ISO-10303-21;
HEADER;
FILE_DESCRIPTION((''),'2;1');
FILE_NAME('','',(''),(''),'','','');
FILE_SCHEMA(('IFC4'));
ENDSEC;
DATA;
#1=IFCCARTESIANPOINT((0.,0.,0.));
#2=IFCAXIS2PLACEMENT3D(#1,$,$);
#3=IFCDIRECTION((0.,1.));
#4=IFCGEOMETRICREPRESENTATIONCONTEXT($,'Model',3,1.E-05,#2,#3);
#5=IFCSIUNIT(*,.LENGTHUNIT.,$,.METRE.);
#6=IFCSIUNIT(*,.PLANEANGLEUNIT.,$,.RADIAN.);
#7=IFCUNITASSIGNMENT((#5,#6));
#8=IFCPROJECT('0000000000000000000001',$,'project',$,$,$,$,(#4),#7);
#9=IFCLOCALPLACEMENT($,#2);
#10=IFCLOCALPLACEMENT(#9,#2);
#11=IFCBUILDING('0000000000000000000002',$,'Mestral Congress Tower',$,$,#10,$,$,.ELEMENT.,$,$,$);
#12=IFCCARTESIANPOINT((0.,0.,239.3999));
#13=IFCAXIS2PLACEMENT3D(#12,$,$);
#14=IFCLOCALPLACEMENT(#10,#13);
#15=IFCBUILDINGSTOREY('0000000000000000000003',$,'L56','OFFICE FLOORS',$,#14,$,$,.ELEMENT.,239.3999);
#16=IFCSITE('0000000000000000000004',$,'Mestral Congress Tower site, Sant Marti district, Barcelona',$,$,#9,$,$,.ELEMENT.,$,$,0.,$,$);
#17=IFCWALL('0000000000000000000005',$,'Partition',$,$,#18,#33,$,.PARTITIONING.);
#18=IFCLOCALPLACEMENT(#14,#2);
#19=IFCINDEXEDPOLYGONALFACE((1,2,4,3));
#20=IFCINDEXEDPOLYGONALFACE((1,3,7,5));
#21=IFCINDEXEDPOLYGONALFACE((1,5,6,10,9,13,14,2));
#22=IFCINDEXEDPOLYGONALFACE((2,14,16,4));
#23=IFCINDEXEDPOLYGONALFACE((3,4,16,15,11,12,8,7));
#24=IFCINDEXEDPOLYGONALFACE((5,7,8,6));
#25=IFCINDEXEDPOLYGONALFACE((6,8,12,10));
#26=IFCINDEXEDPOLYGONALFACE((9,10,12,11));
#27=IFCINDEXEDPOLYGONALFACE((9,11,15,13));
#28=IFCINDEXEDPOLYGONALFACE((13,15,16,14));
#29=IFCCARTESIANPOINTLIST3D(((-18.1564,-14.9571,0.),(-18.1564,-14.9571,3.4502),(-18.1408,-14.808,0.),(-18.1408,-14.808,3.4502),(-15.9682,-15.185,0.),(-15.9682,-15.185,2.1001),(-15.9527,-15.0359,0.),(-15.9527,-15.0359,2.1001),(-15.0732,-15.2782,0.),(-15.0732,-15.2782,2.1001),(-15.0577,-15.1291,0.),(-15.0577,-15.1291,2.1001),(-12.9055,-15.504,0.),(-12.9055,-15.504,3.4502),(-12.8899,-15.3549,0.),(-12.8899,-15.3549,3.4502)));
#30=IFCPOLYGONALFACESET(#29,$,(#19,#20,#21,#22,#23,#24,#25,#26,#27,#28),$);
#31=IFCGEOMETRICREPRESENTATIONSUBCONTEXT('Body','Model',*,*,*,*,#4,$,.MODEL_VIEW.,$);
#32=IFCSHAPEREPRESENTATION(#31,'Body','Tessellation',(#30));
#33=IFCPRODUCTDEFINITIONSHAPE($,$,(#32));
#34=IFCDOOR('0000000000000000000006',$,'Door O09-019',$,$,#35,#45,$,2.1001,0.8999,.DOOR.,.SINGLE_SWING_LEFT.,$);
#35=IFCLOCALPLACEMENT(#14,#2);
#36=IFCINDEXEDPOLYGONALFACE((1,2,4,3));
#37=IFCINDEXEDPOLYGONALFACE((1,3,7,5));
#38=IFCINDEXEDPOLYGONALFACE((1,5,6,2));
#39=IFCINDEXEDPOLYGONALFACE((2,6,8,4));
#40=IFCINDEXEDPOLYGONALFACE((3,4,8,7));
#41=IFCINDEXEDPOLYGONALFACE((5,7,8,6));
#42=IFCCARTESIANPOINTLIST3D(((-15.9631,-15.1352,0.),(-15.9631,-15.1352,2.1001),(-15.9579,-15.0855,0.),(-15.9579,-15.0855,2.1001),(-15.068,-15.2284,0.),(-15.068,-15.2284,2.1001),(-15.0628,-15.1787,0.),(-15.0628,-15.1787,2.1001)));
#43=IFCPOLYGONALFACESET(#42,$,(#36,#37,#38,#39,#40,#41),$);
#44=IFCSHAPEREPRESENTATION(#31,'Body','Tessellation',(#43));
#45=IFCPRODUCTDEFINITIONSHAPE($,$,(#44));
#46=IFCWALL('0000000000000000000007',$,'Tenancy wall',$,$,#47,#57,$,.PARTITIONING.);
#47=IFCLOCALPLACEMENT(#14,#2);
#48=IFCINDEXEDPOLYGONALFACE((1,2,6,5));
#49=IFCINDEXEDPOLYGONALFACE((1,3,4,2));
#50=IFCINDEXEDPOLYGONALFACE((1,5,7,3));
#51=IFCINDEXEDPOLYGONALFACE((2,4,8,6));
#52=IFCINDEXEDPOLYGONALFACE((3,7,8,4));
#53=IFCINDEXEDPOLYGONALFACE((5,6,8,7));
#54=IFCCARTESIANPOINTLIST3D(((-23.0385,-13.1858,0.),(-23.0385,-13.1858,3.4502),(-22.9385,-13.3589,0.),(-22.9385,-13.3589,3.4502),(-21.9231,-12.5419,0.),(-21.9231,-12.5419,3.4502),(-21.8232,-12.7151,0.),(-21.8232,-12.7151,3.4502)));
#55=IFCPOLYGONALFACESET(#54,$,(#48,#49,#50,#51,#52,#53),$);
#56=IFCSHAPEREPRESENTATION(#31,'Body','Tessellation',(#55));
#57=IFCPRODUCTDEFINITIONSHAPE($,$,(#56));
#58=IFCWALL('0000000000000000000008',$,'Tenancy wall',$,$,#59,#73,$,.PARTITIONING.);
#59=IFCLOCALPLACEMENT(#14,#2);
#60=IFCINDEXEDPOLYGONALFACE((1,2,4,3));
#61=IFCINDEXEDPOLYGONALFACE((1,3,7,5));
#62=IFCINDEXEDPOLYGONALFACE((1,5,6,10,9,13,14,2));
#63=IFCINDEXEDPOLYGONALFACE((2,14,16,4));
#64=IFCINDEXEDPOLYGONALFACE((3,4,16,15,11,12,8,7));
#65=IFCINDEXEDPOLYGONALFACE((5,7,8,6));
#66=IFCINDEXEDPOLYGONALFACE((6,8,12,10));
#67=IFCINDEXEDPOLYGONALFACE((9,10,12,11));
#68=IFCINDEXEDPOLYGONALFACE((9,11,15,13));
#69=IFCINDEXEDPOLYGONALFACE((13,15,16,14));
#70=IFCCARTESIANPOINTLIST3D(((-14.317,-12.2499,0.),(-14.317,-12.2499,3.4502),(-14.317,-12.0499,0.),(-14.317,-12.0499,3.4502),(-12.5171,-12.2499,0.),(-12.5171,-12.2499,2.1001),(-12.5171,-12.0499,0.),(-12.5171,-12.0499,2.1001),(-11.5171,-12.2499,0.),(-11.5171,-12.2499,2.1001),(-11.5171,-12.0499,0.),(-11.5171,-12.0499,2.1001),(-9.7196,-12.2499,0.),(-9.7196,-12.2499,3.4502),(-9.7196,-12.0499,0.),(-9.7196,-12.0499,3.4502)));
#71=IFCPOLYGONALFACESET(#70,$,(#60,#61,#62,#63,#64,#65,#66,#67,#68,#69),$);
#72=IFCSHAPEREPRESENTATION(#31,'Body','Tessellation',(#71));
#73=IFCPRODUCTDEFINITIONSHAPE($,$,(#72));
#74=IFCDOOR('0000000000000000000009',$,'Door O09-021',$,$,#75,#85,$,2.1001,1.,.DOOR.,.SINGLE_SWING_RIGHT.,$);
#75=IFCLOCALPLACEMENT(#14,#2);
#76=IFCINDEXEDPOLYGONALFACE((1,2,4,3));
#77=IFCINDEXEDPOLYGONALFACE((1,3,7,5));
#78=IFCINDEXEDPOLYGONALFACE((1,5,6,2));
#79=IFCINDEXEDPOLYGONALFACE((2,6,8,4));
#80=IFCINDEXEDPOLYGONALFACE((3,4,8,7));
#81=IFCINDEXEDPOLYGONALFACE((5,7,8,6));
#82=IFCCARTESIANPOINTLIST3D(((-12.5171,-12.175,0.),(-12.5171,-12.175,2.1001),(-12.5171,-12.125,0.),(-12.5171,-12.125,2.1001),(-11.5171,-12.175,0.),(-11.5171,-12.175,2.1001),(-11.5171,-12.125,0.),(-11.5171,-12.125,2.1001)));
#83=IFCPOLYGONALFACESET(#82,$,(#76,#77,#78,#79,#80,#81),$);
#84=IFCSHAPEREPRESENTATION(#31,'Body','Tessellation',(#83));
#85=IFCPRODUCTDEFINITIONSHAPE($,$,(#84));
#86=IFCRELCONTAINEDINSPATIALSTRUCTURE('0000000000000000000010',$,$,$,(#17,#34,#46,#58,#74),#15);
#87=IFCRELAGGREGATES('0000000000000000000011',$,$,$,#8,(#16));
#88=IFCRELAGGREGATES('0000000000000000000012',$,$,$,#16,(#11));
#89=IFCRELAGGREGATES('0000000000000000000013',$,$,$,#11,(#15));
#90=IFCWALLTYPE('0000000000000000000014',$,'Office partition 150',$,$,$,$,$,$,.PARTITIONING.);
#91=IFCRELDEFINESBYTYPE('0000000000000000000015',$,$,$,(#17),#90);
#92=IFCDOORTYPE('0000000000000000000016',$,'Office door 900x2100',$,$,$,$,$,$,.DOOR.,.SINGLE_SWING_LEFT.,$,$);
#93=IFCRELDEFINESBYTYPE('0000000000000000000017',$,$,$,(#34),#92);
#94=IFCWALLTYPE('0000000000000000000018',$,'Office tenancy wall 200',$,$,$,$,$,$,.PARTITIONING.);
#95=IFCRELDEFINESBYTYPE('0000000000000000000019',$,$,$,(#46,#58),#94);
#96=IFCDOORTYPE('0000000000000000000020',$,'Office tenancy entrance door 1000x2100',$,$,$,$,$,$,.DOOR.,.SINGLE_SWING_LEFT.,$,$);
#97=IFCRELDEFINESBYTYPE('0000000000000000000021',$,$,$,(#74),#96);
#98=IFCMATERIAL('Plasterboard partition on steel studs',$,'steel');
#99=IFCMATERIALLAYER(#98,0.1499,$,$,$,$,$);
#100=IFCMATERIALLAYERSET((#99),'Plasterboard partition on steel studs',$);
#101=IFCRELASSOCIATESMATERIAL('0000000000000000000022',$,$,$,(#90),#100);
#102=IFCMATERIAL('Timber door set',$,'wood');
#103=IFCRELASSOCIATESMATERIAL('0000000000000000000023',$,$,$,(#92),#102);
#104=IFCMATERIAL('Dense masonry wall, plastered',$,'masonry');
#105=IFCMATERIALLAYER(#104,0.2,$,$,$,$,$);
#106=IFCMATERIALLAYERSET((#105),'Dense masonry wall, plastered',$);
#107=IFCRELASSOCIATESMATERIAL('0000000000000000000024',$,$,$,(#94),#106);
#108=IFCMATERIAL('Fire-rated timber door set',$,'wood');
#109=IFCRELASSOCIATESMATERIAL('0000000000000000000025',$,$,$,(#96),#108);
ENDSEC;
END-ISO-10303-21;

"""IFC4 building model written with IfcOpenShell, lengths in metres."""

from ifc_helpers import new_model, si_unit, direction, frame, frame_2d, origin, place, context, subcontext, project, spatial, rectangle, extrude, material, layer, layer_set, type_object, element, fill, save


model = new_model("IFC4")

# Units and contexts
model_context = context("Model", 3, precision=1e-05, world=origin(), true_north=direction((0.0, 1.0)))
body_context = subcontext(model_context, "Body", "Model", "MODEL_VIEW")
ifc_project = project(units=[si_unit("LENGTHUNIT", "METRE"), si_unit("PLANEANGLEUNIT", "RADIAN")], contexts=[model_context])

# Site, building, storey
site_placement = place(None, origin())
site = spatial("IfcSite", under=ifc_project, at=site_placement, Name="Mestral Congress Tower site, Sant Marti district, Barcelona", CompositionType="ELEMENT", RefElevation=0.0)
building_placement = place(site_placement, origin())
building = spatial("IfcBuilding", under=site, at=building_placement, Name="Mestral Congress Tower", CompositionType="ELEMENT")
storey_placement = place(building_placement, frame((0.0, 0.0, 239.3999)))
storey = spatial("IfcBuildingStorey", under=building, at=storey_placement, Name="L56", Description="OFFICE FLOORS", CompositionType="ELEMENT", Elevation=239.3999)

# Shared definitions
ifc_material_1 = material(Name="Plasterboard partition on steel studs", Category="steel")
ifc_layer_1 = layer(ifc_material_1, 0.1499)
ifc_layer_set_1 = layer_set([ifc_layer_1], Name="Plasterboard partition on steel studs")
wall_type_1 = type_object("IfcWallType", Name="Office partition 150", PredefinedType="PARTITIONING", material=ifc_layer_set_1)

# Wall, opening, door
wall_1_placement = place(storey_placement, frame((-12.8977, -15.4294, 0.0), z_axis=(0.0, 0.0, 1.0), x_axis=(-0.99462, 0.103587, 0.0)))
wall_1 = element("IfcWall", 1, at=wall_1_placement, inside=storey, type_object=wall_type_1, Name="Partition", PredefinedType="PARTITIONING", context=body_context, shape_type="SweptSolid", body=[
    extrude(rectangle(XDim=5.2793, YDim=0.1499, at=frame_2d((2.6396, 0.0))), origin(), (0.0, 0.0, 1.0), 3.4502),
])
opening_1_placement = place(wall_1_placement, frame((2.1794, 0.0, 0.0)))
opening_1 = element("IfcOpeningElement", 2, at=opening_1_placement, cuts=wall_1, PredefinedType="OPENING", context=body_context, shape_type="SweptSolid", body=[
    extrude(rectangle(XDim=0.8999, YDim=2.1001, at=frame_2d((0.45, 1.05))), frame((0.0, 0.085, 0.0), z_axis=(0.0, -1.0, 0.0), x_axis=(1.0, 0.0, 0.0)), (0.0, 0.0, 1.0), 0.1699),
])
ifc_material_2 = material(Name="Timber door set", Category="wood")
door_type_1 = type_object("IfcDoorType", Name="Office door 900x2100", OperationType="SINGLE_SWING_LEFT", PredefinedType="DOOR", material=ifc_material_2)
door_1_placement = place(opening_1_placement, origin())
door_1 = element("IfcDoor", 3, at=door_1_placement, inside=storey, type_object=door_type_1, Name="Door O09-019", OperationType="SINGLE_SWING_LEFT", OverallHeight=2.1001, OverallWidth=0.8999, PredefinedType="DOOR", context=body_context, shape_type="SweptSolid", body=[
    extrude(rectangle(XDim=0.8999, YDim=2.1001, at=frame_2d((0.45, 1.05))), frame((0.0, 0.0249, 0.0), z_axis=(0.0, -1.0, 0.0), x_axis=(1.0, 0.0, 0.0)), (0.0, 0.0, 1.0), 0.05),
])
fill(opening_1, door_1)

# Wall
ifc_material_3 = material(Name="Dense masonry wall, plastered", Category="masonry")
ifc_layer_2 = layer(ifc_material_3, 0.2)
ifc_layer_set_2 = layer_set([ifc_layer_2], Name="Dense masonry wall, plastered")
wall_type_2 = type_object("IfcWallType", Name="Office tenancy wall 200", PredefinedType="PARTITIONING", material=ifc_layer_set_2)
wall_2_placement = place(storey_placement, frame((-21.873, -12.6284, 0.0), z_axis=(0.0, 0.0, 1.0), x_axis=(-0.866053, -0.499952, 0.0)))
element("IfcWall", 4, at=wall_2_placement, inside=storey, type_object=wall_type_2, Name="Tenancy wall", PredefinedType="PARTITIONING", context=body_context, shape_type="SweptSolid", body=[
    extrude(rectangle(XDim=1.2878, YDim=0.2, at=frame_2d((0.644, 0.0))), origin(), (0.0, 0.0, 1.0), 3.4502),
])

# Wall, opening, door
wall_3_placement = place(storey_placement, frame((-14.3171, -12.1499, 0.0), z_axis=(0.0, 0.0, 1.0), x_axis=(1.0, 0.0, 0.0)))
wall_3 = element("IfcWall", 5, at=wall_3_placement, inside=storey, type_object=wall_type_2, Name="Tenancy wall", PredefinedType="PARTITIONING", context=body_context, shape_type="SweptSolid", body=[
    extrude(rectangle(XDim=4.5974, YDim=0.2, at=frame_2d((2.2988, 0.0))), origin(), (0.0, 0.0, 1.0), 3.4502),
])
opening_2_placement = place(wall_3_placement, frame((1.8, 0.0, 0.0)))
opening_2 = element("IfcOpeningElement", 6, at=opening_2_placement, cuts=wall_3, PredefinedType="OPENING", context=body_context, shape_type="SweptSolid", body=[
    extrude(rectangle(XDim=1.0, YDim=2.1001, at=frame_2d((0.5, 1.05))), frame((0.0, 0.1099, 0.0), z_axis=(0.0, -1.0, 0.0), x_axis=(1.0, 0.0, 0.0)), (0.0, 0.0, 1.0), 0.22),
])
ifc_material_4 = material(Name="Fire-rated timber door set", Category="wood")
door_type_2 = type_object("IfcDoorType", Name="Office tenancy entrance door 1000x2100", OperationType="SINGLE_SWING_LEFT", PredefinedType="DOOR", material=ifc_material_4)
door_2_placement = place(opening_2_placement, origin())
door_2 = element("IfcDoor", 7, at=door_2_placement, inside=storey, type_object=door_type_2, Name="Door O09-021", OperationType="SINGLE_SWING_RIGHT", OverallHeight=2.1001, OverallWidth=1.0, PredefinedType="DOOR", context=body_context, shape_type="SweptSolid", body=[
    extrude(rectangle(XDim=1.0, YDim=2.1001, at=frame_2d((0.5, 1.05))), frame((0.0, 0.0249, 0.0), z_axis=(0.0, -1.0, 0.0), x_axis=(1.0, 0.0, 0.0)), (0.0, 0.0, 1.0), 0.05),
])
fill(opening_2, door_2)

save(model, "model.ifc")
